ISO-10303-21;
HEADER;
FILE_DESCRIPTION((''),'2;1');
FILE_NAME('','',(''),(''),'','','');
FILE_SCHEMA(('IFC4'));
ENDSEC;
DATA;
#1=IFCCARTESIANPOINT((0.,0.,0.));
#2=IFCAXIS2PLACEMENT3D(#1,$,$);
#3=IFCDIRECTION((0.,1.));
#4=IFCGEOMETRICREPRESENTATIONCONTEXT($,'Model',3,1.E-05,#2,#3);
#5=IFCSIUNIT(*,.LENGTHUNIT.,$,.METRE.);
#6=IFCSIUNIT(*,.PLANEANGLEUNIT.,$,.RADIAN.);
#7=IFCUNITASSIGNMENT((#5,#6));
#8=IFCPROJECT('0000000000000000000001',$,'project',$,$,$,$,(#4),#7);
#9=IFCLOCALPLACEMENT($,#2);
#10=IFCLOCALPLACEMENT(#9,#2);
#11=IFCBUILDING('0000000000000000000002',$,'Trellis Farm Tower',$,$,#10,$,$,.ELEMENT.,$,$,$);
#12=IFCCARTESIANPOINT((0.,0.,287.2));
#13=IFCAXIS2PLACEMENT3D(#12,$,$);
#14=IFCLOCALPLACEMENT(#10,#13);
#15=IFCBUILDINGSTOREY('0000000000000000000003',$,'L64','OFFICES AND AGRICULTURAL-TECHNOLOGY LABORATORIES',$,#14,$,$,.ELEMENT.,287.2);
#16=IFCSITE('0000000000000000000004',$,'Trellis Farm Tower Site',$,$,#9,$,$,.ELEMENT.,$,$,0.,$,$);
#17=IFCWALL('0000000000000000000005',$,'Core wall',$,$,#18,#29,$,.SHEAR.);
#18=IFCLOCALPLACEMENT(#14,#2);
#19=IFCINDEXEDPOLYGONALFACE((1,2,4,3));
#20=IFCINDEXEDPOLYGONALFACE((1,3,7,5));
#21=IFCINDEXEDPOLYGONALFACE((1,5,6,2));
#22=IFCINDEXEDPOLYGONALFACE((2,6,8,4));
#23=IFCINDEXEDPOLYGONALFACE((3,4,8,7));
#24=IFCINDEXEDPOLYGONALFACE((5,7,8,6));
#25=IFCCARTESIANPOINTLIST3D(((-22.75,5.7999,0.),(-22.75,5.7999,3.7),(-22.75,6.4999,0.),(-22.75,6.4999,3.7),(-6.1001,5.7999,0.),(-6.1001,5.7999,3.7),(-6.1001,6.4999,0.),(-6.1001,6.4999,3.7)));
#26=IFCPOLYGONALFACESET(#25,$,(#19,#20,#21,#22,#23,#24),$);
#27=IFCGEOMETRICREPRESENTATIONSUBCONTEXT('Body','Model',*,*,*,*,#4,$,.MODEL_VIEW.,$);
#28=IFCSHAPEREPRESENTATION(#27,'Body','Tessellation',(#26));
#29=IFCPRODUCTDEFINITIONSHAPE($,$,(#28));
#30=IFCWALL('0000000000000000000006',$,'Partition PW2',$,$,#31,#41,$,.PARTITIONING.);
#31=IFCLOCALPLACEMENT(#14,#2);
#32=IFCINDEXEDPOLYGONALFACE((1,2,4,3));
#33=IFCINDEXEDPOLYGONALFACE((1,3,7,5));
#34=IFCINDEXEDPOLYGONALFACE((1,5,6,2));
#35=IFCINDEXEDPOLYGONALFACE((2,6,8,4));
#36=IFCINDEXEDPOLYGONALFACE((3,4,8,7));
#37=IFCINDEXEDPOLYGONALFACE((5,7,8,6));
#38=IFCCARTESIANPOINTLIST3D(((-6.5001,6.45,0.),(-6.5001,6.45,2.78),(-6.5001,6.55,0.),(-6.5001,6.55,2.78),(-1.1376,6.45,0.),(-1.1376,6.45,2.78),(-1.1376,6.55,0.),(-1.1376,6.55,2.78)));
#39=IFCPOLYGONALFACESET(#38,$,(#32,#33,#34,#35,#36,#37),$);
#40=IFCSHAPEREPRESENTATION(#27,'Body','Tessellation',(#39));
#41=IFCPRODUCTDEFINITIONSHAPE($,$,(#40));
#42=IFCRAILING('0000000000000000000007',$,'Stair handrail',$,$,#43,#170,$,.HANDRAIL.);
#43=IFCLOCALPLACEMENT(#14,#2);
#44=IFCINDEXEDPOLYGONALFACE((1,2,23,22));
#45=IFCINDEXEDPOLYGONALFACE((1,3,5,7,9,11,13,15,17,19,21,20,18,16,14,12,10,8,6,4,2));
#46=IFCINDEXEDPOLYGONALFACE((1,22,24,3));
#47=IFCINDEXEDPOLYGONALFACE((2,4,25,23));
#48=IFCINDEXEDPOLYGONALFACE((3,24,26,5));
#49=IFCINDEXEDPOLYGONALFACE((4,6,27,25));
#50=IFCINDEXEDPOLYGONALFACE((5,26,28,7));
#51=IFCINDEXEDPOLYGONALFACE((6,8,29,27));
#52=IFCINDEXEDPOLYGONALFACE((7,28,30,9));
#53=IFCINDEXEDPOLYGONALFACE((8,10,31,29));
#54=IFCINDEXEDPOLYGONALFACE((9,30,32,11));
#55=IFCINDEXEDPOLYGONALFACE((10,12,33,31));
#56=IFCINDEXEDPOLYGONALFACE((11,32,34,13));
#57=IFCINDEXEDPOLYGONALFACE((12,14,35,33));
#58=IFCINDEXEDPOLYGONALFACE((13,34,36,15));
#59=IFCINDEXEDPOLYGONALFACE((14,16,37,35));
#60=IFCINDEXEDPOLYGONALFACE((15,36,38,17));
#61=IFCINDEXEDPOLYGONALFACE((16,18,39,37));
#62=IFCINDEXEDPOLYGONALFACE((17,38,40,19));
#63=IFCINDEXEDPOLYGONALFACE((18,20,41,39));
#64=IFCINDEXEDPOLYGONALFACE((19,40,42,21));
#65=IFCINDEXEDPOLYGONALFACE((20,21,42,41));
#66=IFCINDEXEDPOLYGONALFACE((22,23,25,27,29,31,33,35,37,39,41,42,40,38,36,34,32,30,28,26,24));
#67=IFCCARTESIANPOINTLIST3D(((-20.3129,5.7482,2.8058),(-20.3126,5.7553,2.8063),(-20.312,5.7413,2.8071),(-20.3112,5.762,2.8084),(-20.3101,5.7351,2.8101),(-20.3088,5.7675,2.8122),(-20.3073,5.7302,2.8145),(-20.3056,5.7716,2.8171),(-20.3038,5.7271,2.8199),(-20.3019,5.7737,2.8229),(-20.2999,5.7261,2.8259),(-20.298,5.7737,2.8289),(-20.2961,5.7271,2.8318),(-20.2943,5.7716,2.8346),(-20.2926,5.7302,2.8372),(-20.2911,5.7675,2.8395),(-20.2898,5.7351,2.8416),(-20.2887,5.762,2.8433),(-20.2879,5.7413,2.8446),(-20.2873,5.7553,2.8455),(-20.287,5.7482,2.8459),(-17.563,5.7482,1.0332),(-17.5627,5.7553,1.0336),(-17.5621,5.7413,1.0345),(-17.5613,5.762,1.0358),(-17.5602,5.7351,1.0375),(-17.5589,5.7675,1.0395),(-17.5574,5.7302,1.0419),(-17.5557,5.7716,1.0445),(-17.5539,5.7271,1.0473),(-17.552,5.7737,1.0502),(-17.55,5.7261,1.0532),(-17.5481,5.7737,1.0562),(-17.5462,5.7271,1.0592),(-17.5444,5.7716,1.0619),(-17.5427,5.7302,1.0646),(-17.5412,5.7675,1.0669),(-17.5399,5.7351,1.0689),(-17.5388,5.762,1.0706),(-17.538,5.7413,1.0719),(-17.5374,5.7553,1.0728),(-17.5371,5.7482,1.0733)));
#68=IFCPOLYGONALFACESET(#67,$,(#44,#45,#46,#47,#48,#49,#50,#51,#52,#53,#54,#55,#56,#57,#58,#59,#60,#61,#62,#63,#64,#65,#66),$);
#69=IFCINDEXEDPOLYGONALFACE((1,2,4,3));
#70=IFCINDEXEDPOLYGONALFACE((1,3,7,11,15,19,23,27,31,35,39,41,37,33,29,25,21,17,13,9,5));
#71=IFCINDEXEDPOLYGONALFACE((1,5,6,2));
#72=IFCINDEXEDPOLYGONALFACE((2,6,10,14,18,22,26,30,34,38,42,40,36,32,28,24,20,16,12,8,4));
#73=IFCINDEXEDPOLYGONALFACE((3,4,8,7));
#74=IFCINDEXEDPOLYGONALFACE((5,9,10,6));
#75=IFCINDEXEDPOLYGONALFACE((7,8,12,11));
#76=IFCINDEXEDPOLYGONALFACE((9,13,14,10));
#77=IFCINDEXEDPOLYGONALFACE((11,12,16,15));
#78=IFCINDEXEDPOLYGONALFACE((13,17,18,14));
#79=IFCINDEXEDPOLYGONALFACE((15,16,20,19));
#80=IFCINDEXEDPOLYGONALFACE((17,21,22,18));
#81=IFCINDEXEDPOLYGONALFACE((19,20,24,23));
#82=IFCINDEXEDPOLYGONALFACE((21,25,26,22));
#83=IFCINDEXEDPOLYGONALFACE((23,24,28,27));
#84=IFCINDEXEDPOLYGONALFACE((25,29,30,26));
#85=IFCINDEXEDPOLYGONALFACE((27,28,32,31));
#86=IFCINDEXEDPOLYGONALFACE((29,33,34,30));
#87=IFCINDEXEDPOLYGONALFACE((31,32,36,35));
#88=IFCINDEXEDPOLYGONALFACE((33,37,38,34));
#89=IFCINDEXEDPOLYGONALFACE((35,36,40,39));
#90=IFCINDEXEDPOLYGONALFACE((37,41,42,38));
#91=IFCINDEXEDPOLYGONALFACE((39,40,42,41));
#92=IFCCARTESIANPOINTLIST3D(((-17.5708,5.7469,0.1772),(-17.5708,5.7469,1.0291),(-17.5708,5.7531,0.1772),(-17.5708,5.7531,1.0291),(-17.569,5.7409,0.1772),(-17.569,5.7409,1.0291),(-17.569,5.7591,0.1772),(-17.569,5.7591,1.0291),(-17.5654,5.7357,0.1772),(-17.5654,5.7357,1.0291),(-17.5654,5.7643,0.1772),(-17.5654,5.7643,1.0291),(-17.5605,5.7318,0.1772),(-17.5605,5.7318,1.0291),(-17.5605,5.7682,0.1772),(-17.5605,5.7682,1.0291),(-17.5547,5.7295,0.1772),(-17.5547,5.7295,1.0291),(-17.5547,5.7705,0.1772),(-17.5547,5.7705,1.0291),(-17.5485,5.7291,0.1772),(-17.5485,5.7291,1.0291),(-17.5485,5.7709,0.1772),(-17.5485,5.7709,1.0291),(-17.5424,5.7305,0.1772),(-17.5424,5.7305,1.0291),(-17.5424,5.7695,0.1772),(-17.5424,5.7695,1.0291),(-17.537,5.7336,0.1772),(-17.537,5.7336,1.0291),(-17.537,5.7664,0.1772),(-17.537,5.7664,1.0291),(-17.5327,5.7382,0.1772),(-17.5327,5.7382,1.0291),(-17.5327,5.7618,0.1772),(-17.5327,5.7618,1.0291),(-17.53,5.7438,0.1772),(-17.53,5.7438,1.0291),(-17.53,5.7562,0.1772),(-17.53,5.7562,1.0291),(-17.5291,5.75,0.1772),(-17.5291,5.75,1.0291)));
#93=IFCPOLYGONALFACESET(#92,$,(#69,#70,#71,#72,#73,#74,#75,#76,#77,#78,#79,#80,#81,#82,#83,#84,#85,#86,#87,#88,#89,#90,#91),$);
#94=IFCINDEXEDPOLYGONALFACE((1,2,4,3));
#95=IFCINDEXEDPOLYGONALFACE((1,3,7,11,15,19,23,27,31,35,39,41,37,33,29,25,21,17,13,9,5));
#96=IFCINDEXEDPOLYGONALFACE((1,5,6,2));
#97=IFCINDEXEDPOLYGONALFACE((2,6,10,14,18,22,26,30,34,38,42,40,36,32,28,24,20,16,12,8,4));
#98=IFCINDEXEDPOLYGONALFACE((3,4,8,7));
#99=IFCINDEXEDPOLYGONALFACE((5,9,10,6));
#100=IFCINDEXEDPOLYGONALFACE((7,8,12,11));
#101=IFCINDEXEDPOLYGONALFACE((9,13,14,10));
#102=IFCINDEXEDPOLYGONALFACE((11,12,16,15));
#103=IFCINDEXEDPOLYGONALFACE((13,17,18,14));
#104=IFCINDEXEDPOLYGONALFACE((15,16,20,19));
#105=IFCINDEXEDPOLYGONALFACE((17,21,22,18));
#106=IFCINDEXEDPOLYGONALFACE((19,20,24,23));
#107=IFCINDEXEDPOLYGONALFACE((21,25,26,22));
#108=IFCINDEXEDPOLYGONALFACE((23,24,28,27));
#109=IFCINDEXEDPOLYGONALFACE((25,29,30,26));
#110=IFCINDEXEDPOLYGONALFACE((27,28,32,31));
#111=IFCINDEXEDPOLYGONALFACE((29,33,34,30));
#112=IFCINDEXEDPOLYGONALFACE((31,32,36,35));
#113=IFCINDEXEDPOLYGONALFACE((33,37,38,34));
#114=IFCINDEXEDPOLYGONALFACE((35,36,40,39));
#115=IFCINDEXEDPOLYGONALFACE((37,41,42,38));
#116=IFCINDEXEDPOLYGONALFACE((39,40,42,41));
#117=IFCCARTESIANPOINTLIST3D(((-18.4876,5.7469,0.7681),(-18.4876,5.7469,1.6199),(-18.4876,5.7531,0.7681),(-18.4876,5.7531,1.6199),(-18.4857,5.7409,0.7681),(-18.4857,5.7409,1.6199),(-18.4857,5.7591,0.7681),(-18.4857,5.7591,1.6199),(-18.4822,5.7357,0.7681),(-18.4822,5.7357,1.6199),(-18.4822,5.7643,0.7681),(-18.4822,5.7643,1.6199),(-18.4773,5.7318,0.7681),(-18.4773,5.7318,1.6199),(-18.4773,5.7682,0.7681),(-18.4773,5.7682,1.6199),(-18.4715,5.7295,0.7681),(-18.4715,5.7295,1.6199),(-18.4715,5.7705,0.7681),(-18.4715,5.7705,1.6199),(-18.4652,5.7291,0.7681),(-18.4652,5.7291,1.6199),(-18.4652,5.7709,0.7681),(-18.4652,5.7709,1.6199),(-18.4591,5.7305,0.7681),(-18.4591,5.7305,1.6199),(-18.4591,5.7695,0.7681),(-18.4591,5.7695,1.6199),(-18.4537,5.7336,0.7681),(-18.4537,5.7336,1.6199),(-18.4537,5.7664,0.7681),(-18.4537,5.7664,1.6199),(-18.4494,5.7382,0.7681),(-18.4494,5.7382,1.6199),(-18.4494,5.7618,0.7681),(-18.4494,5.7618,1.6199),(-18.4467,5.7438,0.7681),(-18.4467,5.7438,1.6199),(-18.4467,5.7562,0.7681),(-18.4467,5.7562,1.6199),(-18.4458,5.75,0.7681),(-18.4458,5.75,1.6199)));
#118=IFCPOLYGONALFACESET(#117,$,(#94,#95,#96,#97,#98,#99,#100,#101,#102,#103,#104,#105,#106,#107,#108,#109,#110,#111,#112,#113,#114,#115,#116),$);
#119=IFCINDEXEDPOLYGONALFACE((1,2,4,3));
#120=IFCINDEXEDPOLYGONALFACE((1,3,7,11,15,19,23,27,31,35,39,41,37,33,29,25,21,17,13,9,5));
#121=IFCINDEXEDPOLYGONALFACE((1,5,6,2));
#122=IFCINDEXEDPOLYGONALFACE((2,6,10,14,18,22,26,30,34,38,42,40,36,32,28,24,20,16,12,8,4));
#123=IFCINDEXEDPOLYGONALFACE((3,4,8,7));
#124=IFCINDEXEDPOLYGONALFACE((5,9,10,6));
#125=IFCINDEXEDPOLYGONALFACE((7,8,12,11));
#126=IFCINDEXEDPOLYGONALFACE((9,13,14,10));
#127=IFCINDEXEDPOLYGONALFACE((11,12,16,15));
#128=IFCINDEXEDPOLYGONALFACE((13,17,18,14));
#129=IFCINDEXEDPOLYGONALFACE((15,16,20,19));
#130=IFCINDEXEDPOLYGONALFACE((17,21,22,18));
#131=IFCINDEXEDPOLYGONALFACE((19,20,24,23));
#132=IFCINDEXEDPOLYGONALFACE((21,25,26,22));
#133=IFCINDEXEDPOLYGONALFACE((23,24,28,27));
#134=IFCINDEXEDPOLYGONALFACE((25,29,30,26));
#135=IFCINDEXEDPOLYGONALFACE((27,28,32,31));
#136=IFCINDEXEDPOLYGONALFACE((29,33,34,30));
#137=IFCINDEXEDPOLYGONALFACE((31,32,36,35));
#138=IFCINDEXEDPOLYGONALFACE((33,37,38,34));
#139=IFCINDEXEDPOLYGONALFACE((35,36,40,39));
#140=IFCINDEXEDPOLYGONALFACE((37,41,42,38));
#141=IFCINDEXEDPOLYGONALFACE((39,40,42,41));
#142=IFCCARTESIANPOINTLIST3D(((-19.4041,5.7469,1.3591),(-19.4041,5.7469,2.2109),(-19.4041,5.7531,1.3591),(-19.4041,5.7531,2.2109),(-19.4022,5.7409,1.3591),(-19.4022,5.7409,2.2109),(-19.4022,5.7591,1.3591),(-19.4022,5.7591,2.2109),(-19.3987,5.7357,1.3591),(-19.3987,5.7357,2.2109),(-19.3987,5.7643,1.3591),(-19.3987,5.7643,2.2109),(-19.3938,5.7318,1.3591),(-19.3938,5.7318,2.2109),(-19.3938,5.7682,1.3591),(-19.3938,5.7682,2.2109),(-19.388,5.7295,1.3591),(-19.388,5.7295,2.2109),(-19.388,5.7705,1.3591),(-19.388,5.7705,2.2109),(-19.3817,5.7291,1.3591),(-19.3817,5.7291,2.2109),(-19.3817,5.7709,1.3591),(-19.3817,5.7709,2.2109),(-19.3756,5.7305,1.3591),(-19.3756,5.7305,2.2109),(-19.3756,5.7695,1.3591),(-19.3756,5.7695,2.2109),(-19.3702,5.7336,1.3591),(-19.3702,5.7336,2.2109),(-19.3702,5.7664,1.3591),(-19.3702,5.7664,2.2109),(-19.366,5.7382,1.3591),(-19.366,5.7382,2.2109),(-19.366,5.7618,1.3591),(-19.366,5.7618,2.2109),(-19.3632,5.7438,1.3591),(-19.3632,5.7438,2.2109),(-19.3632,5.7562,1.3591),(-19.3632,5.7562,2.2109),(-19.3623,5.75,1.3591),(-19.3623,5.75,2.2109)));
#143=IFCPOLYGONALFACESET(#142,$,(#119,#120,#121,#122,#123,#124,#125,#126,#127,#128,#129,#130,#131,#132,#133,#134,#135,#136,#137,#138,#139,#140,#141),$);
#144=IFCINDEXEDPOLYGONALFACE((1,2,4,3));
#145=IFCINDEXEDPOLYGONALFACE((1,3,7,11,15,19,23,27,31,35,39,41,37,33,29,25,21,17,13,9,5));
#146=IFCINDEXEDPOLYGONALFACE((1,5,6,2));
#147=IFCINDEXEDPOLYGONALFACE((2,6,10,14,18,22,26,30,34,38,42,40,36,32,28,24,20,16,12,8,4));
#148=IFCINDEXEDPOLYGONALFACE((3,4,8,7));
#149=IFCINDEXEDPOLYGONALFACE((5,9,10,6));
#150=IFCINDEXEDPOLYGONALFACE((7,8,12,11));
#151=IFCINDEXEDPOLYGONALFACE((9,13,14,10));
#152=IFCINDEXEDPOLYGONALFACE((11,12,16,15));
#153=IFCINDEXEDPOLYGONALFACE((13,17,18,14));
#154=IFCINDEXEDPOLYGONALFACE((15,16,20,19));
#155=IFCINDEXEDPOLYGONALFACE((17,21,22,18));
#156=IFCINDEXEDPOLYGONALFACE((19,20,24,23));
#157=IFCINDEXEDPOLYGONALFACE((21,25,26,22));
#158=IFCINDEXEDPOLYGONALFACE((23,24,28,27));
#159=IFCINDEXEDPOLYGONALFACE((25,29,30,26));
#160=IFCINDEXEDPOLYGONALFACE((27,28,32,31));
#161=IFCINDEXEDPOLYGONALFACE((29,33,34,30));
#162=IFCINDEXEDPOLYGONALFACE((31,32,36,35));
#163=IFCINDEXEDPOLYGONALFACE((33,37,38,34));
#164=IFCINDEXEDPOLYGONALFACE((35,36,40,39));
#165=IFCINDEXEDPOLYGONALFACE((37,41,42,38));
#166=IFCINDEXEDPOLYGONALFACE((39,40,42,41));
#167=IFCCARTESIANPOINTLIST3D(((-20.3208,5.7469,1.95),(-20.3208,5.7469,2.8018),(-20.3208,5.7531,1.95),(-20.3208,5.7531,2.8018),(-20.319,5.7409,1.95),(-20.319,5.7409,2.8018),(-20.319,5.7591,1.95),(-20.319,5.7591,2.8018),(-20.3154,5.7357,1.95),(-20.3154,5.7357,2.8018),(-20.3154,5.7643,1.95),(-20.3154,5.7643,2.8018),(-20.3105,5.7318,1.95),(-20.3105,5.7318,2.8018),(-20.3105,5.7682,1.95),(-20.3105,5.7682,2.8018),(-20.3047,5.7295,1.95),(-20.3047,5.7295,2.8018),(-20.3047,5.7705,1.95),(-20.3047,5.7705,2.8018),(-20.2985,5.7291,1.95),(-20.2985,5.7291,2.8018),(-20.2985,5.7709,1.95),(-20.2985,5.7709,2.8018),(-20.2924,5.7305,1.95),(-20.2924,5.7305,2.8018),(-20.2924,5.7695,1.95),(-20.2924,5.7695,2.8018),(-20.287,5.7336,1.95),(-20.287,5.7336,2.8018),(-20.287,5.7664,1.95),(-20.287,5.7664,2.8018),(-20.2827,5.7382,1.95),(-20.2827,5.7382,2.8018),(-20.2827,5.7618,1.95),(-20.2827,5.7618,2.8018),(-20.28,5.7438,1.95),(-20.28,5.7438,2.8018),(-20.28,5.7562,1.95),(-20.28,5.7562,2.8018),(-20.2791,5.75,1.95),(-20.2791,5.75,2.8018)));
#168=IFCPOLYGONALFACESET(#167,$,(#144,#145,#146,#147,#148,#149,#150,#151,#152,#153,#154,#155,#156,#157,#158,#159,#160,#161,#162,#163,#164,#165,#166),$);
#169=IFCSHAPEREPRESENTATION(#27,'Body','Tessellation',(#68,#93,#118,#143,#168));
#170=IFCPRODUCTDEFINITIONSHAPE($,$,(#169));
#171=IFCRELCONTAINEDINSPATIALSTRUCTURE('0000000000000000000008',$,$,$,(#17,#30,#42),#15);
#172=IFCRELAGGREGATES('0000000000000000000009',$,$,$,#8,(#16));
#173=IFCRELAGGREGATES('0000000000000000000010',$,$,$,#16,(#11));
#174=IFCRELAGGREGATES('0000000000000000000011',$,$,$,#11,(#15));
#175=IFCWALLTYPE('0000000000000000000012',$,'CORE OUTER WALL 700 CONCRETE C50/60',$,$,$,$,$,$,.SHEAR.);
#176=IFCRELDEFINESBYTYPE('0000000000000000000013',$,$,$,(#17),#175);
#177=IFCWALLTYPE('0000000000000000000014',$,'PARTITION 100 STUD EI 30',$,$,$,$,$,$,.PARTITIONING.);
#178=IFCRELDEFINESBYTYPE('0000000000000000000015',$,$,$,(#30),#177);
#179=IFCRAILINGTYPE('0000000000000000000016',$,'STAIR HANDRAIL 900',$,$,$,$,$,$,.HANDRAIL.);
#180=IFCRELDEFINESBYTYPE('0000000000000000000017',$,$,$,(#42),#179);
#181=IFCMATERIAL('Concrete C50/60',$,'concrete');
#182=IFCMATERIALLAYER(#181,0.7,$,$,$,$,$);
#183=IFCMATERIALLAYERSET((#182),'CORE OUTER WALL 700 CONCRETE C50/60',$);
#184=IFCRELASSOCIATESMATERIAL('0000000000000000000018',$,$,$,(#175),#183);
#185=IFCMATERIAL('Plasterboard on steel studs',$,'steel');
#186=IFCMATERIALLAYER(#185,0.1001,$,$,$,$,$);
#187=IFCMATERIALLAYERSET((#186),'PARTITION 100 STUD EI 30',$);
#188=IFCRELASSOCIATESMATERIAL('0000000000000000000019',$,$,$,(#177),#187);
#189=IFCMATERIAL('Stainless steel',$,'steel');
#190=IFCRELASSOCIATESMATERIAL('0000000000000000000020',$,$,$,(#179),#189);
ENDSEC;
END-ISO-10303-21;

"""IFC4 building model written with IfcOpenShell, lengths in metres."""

from ifc_helpers import new_model, si_unit, direction, frame, frame_2d, origin, origin_2d, place, context, subcontext, project, spatial, rectangle, circle, extrude, source, transform, mapped, material, layer, layer_set, type_object, element, save


model = new_model("IFC4")

# Units and contexts
model_context = context("Model", 3, precision=1e-05, world=origin(), true_north=direction((0.0, 1.0)))
body_context = subcontext(model_context, "Body", "Model", "MODEL_VIEW")
ifc_project = project(units=[si_unit("LENGTHUNIT", "METRE"), si_unit("PLANEANGLEUNIT", "RADIAN")], contexts=[model_context])

# Site, building, storey
site_placement = place(None, origin())
site = spatial("IfcSite", under=ifc_project, at=site_placement, Name="Trellis Farm Tower Site", CompositionType="ELEMENT", RefElevation=0.0)
building_placement = place(site_placement, origin())
building = spatial("IfcBuilding", under=site, at=building_placement, Name="Trellis Farm Tower", CompositionType="ELEMENT")
storey_placement = place(building_placement, frame((0.0, 0.0, 287.2)))
storey = spatial("IfcBuildingStorey", under=building, at=storey_placement, Name="L64", Description="OFFICES AND AGRICULTURAL-TECHNOLOGY LABORATORIES", CompositionType="ELEMENT", Elevation=287.2)

# Shared definitions
ifc_material_1 = material(Name="Concrete C50/60", Category="concrete")
ifc_layer_1 = layer(ifc_material_1, 0.7)
ifc_layer_set_1 = layer_set([ifc_layer_1], Name="CORE OUTER WALL 700 CONCRETE C50/60")
wall_type_1 = type_object("IfcWallType", Name="CORE OUTER WALL 700 CONCRETE C50/60", PredefinedType="SHEAR", material=ifc_layer_set_1)

# Walls
shared_shape_1 = source(origin(), body_context, "Body", "SweptSolid", [
    extrude(rectangle(XDim=16.6499, YDim=0.7, at=frame_2d((8.325, 0.0))), origin(), (0.0, 0.0, 1.0), 3.7),
])
wall_1_placement = place(storey_placement, frame((-6.1001, 6.1499, 0.0), z_axis=(0.0, 0.0, 1.0), x_axis=(-1.0, 0.0, 0.0)))
element("IfcWall", 1, at=wall_1_placement, inside=storey, type_object=wall_type_1, Name="Core wall", PredefinedType="SHEAR", context=body_context, shape_type="MappedRepresentation", body=[
    mapped(shared_shape_1, transform((0.0, 0.0, 0.0))),
])
ifc_material_2 = material(Name="Plasterboard on steel studs", Category="steel")
ifc_layer_2 = layer(ifc_material_2, 0.1001)
ifc_layer_set_2 = layer_set([ifc_layer_2], Name="PARTITION 100 STUD EI 30")
wall_type_2 = type_object("IfcWallType", Name="PARTITION 100 STUD EI 30", PredefinedType="PARTITIONING", material=ifc_layer_set_2)
shared_shape_2 = source(origin(), body_context, "Body", "SweptSolid", [
    extrude(rectangle(XDim=5.3625, YDim=0.1001, at=frame_2d((2.6812, 0.0))), origin(), (0.0, 0.0, 1.0), 2.78),
])
wall_2_placement = place(storey_placement, frame((-6.5, 6.5, 0.0), z_axis=(0.0, 0.0, 1.0), x_axis=(1.0, 0.0, 0.0)))
element("IfcWall", 2, at=wall_2_placement, inside=storey, type_object=wall_type_2, Name="Partition PW2", PredefinedType="PARTITIONING", context=body_context, shape_type="MappedRepresentation", body=[
    mapped(shared_shape_2, transform((0.0, 0.0, 0.0))),
])

# Railing
ifc_material_3 = material(Name="Stainless steel", Category="steel")
railing_type = type_object("IfcRailingType", Name="STAIR HANDRAIL 900", PredefinedType="HANDRAIL", material=ifc_material_3)
shared_shape_3 = source(origin(), body_context, "Body", "SweptSolid", [
    extrude(circle(Radius=0.0239, at=origin_2d()), frame((0.0, 0.0, 0.876), z_axis=(-0.840504, 0.0, 0.541806), x_axis=(0.0, -1.0, 0.0)), (0.0, 0.0, 1.0), 3.2717),
    extrude(circle(Radius=0.021, at=origin_2d()), origin(), (0.0, 0.0, 1.0), 0.8518),
    extrude(circle(Radius=0.021, at=origin_2d()), frame((-0.9167, 0.0, 0.5908)), (0.0, 0.0, 1.0), 0.8518),
    extrude(circle(Radius=0.021, at=origin_2d()), frame((-1.8333, 0.0, 1.1819)), (0.0, 0.0, 1.0), 0.8518),
    extrude(circle(Radius=0.021, at=origin_2d()), frame((-2.75, 0.0, 1.7727)), (0.0, 0.0, 1.0), 0.8518),
])
railing_placement = place(storey_placement, frame((-17.55, 5.75, 0.1772)))
element("IfcRailing", 3, at=railing_placement, inside=storey, type_object=railing_type, Name="Stair handrail", PredefinedType="HANDRAIL", context=body_context, shape_type="MappedRepresentation", body=[
    mapped(shared_shape_3, transform((0.0, 0.0, 0.0))),
])

save(model, "model.ifc")
